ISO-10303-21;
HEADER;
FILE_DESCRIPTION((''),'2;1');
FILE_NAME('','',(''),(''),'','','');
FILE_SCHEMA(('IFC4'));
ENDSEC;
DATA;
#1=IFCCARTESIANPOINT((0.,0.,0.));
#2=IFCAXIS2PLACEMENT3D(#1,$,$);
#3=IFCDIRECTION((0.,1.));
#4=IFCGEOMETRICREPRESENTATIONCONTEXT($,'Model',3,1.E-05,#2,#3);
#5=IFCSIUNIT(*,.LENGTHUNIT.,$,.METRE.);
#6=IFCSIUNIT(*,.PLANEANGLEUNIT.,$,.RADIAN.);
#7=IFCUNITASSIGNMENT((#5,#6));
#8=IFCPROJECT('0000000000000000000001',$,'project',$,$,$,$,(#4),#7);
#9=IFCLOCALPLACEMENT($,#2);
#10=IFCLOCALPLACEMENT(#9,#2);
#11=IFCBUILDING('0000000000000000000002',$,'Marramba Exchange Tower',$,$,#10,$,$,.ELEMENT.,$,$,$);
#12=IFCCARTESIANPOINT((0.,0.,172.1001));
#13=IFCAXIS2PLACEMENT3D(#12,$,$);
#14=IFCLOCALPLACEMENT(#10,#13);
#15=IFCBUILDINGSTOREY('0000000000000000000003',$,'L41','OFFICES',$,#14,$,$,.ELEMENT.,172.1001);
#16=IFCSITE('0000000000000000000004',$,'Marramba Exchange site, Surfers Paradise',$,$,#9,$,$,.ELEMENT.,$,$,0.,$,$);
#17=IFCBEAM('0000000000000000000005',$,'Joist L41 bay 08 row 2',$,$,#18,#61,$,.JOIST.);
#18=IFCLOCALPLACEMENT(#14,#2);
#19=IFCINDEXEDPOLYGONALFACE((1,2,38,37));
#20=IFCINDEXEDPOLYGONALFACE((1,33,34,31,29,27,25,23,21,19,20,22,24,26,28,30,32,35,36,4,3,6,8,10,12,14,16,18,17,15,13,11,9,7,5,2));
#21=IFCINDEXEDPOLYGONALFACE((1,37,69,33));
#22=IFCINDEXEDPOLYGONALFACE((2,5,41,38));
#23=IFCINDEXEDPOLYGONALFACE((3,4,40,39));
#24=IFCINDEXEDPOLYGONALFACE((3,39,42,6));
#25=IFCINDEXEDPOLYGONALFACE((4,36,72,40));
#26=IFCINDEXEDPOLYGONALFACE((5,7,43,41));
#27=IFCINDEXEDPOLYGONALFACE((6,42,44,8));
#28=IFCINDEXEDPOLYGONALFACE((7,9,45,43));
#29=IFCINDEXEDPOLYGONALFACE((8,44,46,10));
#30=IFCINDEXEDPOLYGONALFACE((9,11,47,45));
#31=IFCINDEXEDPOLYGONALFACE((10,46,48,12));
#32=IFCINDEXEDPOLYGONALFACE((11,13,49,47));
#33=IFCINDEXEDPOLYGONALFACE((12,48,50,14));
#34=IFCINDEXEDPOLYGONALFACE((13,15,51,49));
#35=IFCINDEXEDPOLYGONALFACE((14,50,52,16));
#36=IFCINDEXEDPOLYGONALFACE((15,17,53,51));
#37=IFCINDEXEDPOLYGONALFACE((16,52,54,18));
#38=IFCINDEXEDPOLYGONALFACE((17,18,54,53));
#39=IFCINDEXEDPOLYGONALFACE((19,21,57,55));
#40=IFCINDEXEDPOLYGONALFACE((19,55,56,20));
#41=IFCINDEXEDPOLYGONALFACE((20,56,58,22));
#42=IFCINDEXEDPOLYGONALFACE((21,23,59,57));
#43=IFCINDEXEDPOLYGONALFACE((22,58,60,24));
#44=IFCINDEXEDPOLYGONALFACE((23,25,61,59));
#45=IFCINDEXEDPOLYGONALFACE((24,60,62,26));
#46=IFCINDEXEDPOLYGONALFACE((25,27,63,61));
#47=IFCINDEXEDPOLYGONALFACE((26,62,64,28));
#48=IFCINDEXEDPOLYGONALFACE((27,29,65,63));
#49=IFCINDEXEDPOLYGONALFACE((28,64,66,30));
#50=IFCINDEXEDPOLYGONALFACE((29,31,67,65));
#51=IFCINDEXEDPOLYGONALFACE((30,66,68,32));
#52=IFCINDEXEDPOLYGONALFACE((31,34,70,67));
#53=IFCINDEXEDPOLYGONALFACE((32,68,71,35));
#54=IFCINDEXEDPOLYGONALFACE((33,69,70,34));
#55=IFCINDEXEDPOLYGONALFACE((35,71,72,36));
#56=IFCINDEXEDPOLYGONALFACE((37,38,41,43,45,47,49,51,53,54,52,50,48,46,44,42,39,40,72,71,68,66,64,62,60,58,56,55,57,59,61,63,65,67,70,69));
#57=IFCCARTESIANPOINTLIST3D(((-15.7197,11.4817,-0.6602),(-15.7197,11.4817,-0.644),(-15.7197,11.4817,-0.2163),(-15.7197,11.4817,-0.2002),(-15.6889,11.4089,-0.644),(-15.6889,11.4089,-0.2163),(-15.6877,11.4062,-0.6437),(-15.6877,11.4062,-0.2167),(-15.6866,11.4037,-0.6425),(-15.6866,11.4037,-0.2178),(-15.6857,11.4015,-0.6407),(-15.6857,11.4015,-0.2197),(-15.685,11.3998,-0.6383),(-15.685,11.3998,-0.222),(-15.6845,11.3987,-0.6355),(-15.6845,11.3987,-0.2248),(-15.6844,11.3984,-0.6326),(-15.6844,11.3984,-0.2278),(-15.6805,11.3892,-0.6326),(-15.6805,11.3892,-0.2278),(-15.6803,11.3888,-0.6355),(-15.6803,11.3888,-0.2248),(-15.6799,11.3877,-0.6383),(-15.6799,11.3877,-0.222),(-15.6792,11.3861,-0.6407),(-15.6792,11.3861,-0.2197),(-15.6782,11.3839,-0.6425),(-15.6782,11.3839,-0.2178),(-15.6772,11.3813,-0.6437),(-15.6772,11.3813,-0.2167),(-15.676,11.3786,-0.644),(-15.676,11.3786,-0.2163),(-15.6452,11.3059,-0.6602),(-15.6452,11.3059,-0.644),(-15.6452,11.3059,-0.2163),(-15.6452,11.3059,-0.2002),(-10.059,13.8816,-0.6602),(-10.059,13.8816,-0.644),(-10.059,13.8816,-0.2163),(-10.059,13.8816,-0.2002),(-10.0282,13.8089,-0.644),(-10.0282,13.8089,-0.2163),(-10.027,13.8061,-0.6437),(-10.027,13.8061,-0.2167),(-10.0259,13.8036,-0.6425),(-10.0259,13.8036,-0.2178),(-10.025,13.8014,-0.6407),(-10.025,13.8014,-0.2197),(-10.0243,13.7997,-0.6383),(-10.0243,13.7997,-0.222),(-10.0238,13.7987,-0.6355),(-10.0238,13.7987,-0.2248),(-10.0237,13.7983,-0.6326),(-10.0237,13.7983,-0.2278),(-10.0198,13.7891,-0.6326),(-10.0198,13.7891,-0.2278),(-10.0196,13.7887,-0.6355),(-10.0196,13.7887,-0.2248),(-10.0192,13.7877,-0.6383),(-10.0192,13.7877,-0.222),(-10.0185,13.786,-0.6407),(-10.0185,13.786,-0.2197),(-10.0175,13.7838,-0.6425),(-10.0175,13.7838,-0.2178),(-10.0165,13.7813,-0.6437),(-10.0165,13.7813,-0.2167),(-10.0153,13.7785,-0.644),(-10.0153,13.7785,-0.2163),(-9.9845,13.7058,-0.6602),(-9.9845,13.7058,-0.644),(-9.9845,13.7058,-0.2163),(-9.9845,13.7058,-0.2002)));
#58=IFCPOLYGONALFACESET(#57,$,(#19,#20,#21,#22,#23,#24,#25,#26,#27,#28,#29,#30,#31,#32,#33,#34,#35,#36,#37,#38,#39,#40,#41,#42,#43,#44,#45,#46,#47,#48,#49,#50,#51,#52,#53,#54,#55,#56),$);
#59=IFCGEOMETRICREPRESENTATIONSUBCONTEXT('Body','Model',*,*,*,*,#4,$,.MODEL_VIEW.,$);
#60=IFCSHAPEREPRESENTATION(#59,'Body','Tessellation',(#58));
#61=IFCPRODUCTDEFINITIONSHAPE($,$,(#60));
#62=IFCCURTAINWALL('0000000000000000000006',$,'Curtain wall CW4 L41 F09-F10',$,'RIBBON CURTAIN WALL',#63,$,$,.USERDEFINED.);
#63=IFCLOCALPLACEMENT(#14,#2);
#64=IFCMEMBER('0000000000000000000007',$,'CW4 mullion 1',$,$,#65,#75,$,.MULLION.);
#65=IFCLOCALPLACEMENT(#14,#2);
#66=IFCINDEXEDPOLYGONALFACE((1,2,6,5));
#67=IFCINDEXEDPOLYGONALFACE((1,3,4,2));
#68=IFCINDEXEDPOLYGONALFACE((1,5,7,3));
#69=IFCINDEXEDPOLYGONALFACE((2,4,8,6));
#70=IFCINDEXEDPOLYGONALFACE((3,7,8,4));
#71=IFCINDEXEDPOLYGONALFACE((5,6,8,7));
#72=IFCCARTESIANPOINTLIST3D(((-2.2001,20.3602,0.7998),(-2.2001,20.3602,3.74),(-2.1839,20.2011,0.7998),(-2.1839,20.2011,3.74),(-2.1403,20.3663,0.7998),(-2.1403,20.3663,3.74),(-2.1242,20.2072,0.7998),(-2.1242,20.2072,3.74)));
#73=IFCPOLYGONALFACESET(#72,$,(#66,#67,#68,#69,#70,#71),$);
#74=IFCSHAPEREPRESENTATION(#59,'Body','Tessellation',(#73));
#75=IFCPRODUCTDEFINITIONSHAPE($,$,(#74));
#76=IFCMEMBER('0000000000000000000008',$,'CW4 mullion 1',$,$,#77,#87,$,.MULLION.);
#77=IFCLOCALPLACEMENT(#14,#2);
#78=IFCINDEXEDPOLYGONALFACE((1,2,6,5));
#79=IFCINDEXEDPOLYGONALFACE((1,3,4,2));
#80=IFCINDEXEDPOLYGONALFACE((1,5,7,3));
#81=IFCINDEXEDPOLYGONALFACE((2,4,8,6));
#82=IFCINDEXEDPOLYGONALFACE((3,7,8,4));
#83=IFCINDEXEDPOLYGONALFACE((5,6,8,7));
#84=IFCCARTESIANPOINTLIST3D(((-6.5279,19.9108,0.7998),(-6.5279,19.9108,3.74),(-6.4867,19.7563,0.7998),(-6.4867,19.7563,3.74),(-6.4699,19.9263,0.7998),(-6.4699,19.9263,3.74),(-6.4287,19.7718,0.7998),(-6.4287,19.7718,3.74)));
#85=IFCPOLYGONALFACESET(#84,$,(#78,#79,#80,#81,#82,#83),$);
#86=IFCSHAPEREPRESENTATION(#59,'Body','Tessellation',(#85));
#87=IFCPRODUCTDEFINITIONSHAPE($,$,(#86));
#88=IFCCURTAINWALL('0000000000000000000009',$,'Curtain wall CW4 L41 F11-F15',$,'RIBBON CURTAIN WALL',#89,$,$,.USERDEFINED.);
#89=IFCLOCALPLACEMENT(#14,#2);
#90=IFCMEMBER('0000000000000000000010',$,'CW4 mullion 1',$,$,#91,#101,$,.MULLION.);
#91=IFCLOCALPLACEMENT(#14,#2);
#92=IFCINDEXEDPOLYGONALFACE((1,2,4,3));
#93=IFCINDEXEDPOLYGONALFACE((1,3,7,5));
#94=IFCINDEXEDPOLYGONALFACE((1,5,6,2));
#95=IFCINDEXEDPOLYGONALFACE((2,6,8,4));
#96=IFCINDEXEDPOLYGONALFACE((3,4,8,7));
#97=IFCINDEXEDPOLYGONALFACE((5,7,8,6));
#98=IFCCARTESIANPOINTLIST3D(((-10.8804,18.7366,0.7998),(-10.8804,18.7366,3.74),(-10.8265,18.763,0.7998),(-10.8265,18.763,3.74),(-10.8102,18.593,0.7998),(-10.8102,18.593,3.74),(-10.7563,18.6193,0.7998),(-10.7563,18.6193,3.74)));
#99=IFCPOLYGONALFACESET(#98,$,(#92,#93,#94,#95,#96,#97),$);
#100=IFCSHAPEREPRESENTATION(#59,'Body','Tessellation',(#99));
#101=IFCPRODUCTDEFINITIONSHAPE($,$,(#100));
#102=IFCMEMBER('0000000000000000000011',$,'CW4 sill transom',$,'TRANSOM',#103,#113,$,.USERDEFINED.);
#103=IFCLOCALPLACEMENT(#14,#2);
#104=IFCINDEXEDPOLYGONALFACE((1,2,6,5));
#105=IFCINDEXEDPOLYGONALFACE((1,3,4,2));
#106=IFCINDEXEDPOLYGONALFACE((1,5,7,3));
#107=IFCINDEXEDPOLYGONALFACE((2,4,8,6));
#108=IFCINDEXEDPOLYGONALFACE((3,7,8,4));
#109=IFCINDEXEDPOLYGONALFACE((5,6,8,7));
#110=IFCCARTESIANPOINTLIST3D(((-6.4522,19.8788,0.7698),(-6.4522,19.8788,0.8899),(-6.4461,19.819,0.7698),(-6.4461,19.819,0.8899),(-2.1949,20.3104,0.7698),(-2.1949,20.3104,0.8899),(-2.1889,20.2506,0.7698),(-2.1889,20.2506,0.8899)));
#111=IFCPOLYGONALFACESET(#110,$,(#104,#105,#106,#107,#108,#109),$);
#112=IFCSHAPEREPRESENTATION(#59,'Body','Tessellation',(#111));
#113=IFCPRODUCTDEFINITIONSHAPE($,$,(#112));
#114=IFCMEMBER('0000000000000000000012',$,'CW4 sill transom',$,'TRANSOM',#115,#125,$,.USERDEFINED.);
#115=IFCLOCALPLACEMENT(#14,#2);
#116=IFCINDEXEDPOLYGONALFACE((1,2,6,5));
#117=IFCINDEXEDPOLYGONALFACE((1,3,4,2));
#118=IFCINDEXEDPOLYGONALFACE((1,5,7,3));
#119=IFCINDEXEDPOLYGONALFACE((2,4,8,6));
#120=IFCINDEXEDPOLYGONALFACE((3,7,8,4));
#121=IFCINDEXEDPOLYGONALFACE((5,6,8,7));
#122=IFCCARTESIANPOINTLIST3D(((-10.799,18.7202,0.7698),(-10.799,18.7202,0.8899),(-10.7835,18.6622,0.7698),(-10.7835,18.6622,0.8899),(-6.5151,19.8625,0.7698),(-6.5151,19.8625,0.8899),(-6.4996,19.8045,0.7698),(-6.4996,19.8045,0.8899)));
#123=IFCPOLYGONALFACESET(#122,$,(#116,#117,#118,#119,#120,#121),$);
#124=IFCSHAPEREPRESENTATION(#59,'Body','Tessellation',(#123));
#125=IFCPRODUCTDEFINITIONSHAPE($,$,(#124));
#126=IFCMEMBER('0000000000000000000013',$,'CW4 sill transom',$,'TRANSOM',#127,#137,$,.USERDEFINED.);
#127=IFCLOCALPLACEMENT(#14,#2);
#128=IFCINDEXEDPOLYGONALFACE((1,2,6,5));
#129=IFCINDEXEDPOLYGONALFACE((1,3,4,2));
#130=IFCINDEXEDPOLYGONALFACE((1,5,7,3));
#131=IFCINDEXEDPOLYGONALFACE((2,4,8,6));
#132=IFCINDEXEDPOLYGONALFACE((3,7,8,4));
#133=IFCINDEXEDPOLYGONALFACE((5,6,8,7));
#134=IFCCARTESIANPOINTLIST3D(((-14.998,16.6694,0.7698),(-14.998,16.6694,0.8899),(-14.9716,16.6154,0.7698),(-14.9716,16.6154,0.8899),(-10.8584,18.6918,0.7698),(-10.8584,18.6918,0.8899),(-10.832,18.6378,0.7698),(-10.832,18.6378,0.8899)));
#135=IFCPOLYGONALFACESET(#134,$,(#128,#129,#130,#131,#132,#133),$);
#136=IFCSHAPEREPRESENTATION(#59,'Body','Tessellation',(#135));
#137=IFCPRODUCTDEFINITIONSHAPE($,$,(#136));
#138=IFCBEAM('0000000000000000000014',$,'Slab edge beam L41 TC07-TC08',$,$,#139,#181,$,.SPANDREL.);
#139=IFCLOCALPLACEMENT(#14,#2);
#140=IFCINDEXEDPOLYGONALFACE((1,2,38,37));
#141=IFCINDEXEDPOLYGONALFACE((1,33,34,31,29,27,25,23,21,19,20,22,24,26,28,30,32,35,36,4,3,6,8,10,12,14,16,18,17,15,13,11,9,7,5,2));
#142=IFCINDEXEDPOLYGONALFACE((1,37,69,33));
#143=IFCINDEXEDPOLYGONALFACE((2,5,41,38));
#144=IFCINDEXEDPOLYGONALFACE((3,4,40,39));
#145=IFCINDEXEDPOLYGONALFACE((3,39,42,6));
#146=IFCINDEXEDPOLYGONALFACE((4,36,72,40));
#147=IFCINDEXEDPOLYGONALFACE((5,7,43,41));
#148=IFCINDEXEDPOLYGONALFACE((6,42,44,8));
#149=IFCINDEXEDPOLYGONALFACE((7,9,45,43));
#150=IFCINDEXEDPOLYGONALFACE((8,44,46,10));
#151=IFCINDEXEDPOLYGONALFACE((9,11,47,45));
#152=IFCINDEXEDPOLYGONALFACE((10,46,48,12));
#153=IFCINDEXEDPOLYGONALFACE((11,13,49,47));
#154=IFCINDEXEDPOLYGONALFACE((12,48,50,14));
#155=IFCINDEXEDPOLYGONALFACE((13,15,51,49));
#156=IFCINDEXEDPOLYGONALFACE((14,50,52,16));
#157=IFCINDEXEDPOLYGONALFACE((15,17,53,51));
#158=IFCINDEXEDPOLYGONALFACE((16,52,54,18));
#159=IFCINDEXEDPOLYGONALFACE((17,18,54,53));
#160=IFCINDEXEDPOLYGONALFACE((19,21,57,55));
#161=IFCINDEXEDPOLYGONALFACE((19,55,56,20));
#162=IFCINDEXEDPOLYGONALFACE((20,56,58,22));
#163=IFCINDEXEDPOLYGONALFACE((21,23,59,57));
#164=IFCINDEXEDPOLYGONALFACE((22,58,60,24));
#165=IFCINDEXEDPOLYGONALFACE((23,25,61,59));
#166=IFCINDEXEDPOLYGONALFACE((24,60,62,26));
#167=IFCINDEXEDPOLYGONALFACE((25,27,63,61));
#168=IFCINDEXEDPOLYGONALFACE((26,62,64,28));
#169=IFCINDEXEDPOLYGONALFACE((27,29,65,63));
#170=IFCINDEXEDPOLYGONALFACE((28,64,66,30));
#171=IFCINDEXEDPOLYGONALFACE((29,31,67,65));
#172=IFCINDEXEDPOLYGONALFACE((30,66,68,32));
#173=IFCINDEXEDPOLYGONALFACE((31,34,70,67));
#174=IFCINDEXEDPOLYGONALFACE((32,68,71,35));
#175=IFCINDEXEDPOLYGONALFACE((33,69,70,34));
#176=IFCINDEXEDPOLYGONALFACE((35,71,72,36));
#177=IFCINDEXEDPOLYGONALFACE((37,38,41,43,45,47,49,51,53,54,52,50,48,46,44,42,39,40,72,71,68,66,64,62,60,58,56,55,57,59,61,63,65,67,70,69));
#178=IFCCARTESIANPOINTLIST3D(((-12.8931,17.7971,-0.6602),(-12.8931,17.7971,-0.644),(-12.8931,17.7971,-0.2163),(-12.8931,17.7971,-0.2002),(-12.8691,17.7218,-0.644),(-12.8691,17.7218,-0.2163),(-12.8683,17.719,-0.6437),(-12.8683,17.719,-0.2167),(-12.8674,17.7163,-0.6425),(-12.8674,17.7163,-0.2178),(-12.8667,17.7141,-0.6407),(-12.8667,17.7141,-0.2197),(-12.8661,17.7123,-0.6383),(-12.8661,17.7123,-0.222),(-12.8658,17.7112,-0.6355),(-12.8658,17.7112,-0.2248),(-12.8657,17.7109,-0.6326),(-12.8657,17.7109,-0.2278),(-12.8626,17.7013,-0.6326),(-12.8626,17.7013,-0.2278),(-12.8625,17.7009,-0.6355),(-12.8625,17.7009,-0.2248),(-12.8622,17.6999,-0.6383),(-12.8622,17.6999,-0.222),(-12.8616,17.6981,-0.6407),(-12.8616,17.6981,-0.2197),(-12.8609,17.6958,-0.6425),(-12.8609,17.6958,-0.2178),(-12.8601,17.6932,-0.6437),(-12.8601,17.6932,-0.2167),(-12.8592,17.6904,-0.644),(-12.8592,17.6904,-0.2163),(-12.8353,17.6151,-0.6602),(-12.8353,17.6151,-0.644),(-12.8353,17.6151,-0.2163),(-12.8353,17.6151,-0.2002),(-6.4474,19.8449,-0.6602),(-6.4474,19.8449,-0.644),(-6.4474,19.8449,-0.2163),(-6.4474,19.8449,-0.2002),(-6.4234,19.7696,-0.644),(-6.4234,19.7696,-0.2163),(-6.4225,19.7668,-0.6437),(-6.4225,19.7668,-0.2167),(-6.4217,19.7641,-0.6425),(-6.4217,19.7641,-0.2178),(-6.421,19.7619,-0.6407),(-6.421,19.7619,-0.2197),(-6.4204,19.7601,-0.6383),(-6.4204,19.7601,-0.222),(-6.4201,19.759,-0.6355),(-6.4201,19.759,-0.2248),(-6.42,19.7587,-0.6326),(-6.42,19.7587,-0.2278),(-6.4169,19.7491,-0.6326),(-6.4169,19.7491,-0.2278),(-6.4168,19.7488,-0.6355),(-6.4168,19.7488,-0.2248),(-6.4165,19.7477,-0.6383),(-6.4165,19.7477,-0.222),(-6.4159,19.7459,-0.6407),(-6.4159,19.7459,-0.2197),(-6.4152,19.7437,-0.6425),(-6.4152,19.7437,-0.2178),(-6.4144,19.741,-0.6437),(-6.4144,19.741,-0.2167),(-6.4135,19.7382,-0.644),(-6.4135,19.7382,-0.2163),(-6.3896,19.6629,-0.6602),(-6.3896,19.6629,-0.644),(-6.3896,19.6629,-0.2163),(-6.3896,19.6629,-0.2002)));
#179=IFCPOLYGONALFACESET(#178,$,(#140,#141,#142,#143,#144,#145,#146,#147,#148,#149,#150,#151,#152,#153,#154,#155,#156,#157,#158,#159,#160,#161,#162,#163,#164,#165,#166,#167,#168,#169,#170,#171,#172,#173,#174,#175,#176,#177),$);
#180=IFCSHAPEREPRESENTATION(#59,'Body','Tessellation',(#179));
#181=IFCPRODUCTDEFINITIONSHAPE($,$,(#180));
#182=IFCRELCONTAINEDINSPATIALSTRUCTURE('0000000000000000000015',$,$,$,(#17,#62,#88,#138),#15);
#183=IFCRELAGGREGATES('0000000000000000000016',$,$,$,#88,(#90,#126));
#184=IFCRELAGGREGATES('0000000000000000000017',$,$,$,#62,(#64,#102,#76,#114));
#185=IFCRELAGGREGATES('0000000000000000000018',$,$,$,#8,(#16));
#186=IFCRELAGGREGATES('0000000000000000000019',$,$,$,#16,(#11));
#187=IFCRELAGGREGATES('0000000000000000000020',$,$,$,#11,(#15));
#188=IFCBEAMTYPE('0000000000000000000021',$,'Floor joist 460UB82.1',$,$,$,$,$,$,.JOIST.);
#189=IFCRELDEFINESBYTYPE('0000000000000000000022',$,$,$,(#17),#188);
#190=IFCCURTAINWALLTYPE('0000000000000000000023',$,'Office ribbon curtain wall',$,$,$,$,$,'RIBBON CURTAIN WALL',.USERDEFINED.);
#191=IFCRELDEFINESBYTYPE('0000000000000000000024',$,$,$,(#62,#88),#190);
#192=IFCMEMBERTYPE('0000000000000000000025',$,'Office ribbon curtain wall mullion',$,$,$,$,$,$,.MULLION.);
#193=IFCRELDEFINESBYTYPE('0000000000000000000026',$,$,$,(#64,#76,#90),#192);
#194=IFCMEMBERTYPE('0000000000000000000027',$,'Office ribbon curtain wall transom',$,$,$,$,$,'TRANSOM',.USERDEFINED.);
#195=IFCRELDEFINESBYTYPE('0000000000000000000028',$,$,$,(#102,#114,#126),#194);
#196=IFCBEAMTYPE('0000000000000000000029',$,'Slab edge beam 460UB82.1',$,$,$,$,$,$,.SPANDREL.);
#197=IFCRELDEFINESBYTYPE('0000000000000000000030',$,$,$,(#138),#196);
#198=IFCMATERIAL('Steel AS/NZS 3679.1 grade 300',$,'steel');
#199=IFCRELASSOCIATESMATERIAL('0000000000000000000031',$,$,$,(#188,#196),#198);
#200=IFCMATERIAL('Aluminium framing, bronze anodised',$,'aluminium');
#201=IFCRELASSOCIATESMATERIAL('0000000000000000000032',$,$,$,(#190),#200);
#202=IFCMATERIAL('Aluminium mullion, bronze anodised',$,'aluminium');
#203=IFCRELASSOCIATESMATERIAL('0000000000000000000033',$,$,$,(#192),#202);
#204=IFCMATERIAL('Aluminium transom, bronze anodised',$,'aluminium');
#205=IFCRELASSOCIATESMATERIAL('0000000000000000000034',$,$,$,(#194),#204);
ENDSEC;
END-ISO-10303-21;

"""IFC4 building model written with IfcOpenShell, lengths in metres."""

from ifc_helpers import new_model, si_unit, direction, frame, origin, origin_2d, place, context, subcontext, project, spatial, rectangle, i_section, extrude, material, material_profile, profile_set, type_object, element, aggregate, save


model = new_model("IFC4")

# Units and contexts
model_context = context("Model", 3, precision=1e-05, world=origin(), true_north=direction((0.0, 1.0)))
body_context = subcontext(model_context, "Body", "Model", "MODEL_VIEW")
ifc_project = project(units=[si_unit("LENGTHUNIT", "METRE"), si_unit("PLANEANGLEUNIT", "RADIAN")], contexts=[model_context])

# Site, building, storey
site_placement = place(None, origin())
site = spatial("IfcSite", under=ifc_project, at=site_placement, Name="Marramba Exchange site, Surfers Paradise", CompositionType="ELEMENT", RefElevation=0.0)
building_placement = place(site_placement, origin())
building = spatial("IfcBuilding", under=site, at=building_placement, Name="Marramba Exchange Tower", CompositionType="ELEMENT")
storey_placement = place(building_placement, frame((0.0, 0.0, 172.1001)))
storey = spatial("IfcBuildingStorey", under=building, at=storey_placement, Name="L41", Description="OFFICES", CompositionType="ELEMENT", Elevation=172.1001)

# Beam
ifc_material_1 = material(Name="Steel AS/NZS 3679.1 grade 300", Category="steel")
ifc_material_profile_1 = material_profile(ifc_material_1, i_section(OverallWidth=0.1909, OverallDepth=0.46, WebThickness=0.01, FlangeThickness=0.0161, FilletRadius=0.0115, at=origin_2d()), Name="460UB82.1")
ifc_profile_set_1 = profile_set([ifc_material_profile_1], Name="Steel AS/NZS 3679.1 grade 300")
beam_type_1 = type_object("IfcBeamType", Name="Floor joist 460UB82.1", PredefinedType="JOIST", material=ifc_profile_set_1)
beam_1_placement = place(storey_placement, frame((-10.0217, 13.7937, -0.4302), z_axis=(-0.920674, -0.390332, 0.0), x_axis=(0.390332, -0.920674, 0.0)))
element("IfcBeam", 1, at=beam_1_placement, inside=storey, type_object=beam_type_1, Name="Joist L41 bay 08 row 2", PredefinedType="JOIST", context=body_context, shape_type="SweptSolid", body=[
    extrude(i_section(OverallWidth=0.1909, OverallDepth=0.46, WebThickness=0.01, FlangeThickness=0.0161, FilletRadius=0.0115, at=origin_2d()), origin(), (0.0, 0.0, 1.0), 6.1484),
])

# Curtain wall, members
ifc_material_2 = material(Name="Aluminium framing, bronze anodised", Category="aluminium")
curtain_wall_type = type_object("IfcCurtainWallType", Name="Office ribbon curtain wall", ElementType="RIBBON CURTAIN WALL", PredefinedType="USERDEFINED", material=ifc_material_2)
curtain_wall_1_placement = place(storey_placement, origin())
curtain_wall_1 = element("IfcCurtainWall", 2, at=curtain_wall_1_placement, inside=storey, type_object=curtain_wall_type, Name="Curtain wall CW4 L41 F09-F10", ObjectType="RIBBON CURTAIN WALL", PredefinedType="USERDEFINED")
ifc_material_3 = material(Name="Aluminium mullion, bronze anodised", Category="aluminium")
ifc_material_profile_2 = material_profile(ifc_material_3, rectangle(XDim=0.1599, YDim=0.0601, at=origin_2d()), Name="CW4 mullion 60x160")
ifc_profile_set_2 = profile_set([ifc_material_profile_2], Name="Aluminium mullion, bronze anodised")
member_type_1 = type_object("IfcMemberType", Name="Office ribbon curtain wall mullion", PredefinedType="MULLION", material=ifc_profile_set_2)
member_1_placement = place(storey_placement, frame((-2.1621, 20.2837, 0.7998), z_axis=(0.0, 0.0, 1.0), x_axis=(0.100863, -0.9949, 0.0)))
member_1 = element("IfcMember", 3, at=member_1_placement, type_object=member_type_1, Name="CW4 mullion 1", PredefinedType="MULLION", context=body_context, shape_type="SweptSolid", body=[
    extrude(rectangle(XDim=0.1599, YDim=0.0601, at=origin_2d()), origin(), (0.0, 0.0, 1.0), 2.9402),
])
member_2_placement = place(storey_placement, frame((-6.4783, 19.8413, 0.7998), z_axis=(0.0, 0.0, 1.0), x_axis=(0.257641, -0.966241, 0.0)))
member_2 = element("IfcMember", 4, at=member_2_placement, type_object=member_type_1, Name="CW4 mullion 1", PredefinedType="MULLION", context=body_context, shape_type="SweptSolid", body=[
    extrude(rectangle(XDim=0.1599, YDim=0.0601, at=origin_2d()), origin(), (0.0, 0.0, 1.0), 2.9402),
])

# Curtain wall, member
curtain_wall_2_placement = place(storey_placement, origin())
curtain_wall_2 = element("IfcCurtainWall", 5, at=curtain_wall_2_placement, inside=storey, type_object=curtain_wall_type, Name="Curtain wall CW4 L41 F11-F15", ObjectType="RIBBON CURTAIN WALL", PredefinedType="USERDEFINED")
member_3_placement = place(storey_placement, frame((-10.8184, 18.678, 0.7998), z_axis=(0.0, 0.0, 1.0), x_axis=(0.438972, -0.898501, 0.0)))
member_3 = element("IfcMember", 6, at=member_3_placement, type_object=member_type_1, Name="CW4 mullion 1", PredefinedType="MULLION", context=body_context, shape_type="SweptSolid", body=[
    extrude(rectangle(XDim=0.1599, YDim=0.0601, at=origin_2d()), origin(), (0.0, 0.0, 1.0), 2.9402),
])

# Members
ifc_material_4 = material(Name="Aluminium transom, bronze anodised", Category="aluminium")
ifc_material_profile_3 = material_profile(ifc_material_4, rectangle(XDim=0.0601, YDim=0.1201, at=origin_2d()), Name="CW4 transom 60x120")
ifc_profile_set_3 = profile_set([ifc_material_profile_3], Name="Aluminium transom, bronze anodised")
member_type_2 = type_object("IfcMemberType", Name="Office ribbon curtain wall transom", ElementType="TRANSOM", PredefinedType="USERDEFINED", material=ifc_profile_set_3)
member_4_placement = place(storey_placement, frame((-2.1919, 20.2805, 0.8298), z_axis=(-0.9949, -0.100871, 0.0), x_axis=(0.100871, -0.9949, 0.0)))
member_4 = element("IfcMember", 7, at=member_4_placement, type_object=member_type_2, Name="CW4 sill transom", ObjectType="TRANSOM", PredefinedType="USERDEFINED", context=body_context, shape_type="SweptSolid", body=[
    extrude(rectangle(XDim=0.0601, YDim=0.1201, at=origin_2d()), origin(), (0.0, 0.0, 1.0), 4.2791),
])
member_5_placement = place(storey_placement, frame((-6.5073, 19.8335, 0.8298), z_axis=(-0.966238, -0.257652, 0.0), x_axis=(0.257652, -0.966238, 0.0)))
member_5 = element("IfcMember", 8, at=member_5_placement, type_object=member_type_2, Name="CW4 sill transom", ObjectType="TRANSOM", PredefinedType="USERDEFINED", context=body_context, shape_type="SweptSolid", body=[
    extrude(rectangle(XDim=0.0601, YDim=0.1201, at=origin_2d()), origin(), (0.0, 0.0, 1.0), 4.4336),
])
member_6_placement = place(storey_placement, frame((-10.8452, 18.6648, 0.8298), z_axis=(-0.898501, -0.438971, 0.0), x_axis=(0.438971, -0.898501, 0.0)))
member_6 = element("IfcMember", 9, at=member_6_placement, type_object=member_type_2, Name="CW4 sill transom", ObjectType="TRANSOM", PredefinedType="USERDEFINED", context=body_context, shape_type="SweptSolid", body=[
    extrude(rectangle(XDim=0.0601, YDim=0.1201, at=origin_2d()), origin(), (0.0, 0.0, 1.0), 4.6072),
])
aggregate(curtain_wall_2, [member_3, member_6])

# Beam
ifc_material_profile_4 = material_profile(ifc_material_1, i_section(OverallWidth=0.1909, OverallDepth=0.46, WebThickness=0.01, FlangeThickness=0.0161, FilletRadius=0.0115, at=origin_2d()), Name="460UB82.1")
ifc_profile_set_4 = profile_set([ifc_material_profile_4], Name="Steel AS/NZS 3679.1 grade 300")
beam_type_2 = type_object("IfcBeamType", Name="Slab edge beam 460UB82.1", PredefinedType="SPANDREL", material=ifc_profile_set_4)
beam_2_placement = place(storey_placement, frame((-6.4185, 19.7539, -0.4302), z_axis=(-0.953057, -0.302789, 0.0), x_axis=(0.302789, -0.953057, 0.0)))
element("IfcBeam", 10, at=beam_2_placement, inside=storey, type_object=beam_type_2, Name="Slab edge beam L41 TC07-TC08", PredefinedType="SPANDREL", context=body_context, shape_type="SweptSolid", body=[
    extrude(i_section(OverallWidth=0.1909, OverallDepth=0.46, WebThickness=0.01, FlangeThickness=0.0161, FilletRadius=0.0115, at=origin_2d()), origin(), (0.0, 0.0, 1.0), 6.7632),
])

aggregate(curtain_wall_1, [member_1, member_4, member_2, member_5])

save(model, "model.ifc")
